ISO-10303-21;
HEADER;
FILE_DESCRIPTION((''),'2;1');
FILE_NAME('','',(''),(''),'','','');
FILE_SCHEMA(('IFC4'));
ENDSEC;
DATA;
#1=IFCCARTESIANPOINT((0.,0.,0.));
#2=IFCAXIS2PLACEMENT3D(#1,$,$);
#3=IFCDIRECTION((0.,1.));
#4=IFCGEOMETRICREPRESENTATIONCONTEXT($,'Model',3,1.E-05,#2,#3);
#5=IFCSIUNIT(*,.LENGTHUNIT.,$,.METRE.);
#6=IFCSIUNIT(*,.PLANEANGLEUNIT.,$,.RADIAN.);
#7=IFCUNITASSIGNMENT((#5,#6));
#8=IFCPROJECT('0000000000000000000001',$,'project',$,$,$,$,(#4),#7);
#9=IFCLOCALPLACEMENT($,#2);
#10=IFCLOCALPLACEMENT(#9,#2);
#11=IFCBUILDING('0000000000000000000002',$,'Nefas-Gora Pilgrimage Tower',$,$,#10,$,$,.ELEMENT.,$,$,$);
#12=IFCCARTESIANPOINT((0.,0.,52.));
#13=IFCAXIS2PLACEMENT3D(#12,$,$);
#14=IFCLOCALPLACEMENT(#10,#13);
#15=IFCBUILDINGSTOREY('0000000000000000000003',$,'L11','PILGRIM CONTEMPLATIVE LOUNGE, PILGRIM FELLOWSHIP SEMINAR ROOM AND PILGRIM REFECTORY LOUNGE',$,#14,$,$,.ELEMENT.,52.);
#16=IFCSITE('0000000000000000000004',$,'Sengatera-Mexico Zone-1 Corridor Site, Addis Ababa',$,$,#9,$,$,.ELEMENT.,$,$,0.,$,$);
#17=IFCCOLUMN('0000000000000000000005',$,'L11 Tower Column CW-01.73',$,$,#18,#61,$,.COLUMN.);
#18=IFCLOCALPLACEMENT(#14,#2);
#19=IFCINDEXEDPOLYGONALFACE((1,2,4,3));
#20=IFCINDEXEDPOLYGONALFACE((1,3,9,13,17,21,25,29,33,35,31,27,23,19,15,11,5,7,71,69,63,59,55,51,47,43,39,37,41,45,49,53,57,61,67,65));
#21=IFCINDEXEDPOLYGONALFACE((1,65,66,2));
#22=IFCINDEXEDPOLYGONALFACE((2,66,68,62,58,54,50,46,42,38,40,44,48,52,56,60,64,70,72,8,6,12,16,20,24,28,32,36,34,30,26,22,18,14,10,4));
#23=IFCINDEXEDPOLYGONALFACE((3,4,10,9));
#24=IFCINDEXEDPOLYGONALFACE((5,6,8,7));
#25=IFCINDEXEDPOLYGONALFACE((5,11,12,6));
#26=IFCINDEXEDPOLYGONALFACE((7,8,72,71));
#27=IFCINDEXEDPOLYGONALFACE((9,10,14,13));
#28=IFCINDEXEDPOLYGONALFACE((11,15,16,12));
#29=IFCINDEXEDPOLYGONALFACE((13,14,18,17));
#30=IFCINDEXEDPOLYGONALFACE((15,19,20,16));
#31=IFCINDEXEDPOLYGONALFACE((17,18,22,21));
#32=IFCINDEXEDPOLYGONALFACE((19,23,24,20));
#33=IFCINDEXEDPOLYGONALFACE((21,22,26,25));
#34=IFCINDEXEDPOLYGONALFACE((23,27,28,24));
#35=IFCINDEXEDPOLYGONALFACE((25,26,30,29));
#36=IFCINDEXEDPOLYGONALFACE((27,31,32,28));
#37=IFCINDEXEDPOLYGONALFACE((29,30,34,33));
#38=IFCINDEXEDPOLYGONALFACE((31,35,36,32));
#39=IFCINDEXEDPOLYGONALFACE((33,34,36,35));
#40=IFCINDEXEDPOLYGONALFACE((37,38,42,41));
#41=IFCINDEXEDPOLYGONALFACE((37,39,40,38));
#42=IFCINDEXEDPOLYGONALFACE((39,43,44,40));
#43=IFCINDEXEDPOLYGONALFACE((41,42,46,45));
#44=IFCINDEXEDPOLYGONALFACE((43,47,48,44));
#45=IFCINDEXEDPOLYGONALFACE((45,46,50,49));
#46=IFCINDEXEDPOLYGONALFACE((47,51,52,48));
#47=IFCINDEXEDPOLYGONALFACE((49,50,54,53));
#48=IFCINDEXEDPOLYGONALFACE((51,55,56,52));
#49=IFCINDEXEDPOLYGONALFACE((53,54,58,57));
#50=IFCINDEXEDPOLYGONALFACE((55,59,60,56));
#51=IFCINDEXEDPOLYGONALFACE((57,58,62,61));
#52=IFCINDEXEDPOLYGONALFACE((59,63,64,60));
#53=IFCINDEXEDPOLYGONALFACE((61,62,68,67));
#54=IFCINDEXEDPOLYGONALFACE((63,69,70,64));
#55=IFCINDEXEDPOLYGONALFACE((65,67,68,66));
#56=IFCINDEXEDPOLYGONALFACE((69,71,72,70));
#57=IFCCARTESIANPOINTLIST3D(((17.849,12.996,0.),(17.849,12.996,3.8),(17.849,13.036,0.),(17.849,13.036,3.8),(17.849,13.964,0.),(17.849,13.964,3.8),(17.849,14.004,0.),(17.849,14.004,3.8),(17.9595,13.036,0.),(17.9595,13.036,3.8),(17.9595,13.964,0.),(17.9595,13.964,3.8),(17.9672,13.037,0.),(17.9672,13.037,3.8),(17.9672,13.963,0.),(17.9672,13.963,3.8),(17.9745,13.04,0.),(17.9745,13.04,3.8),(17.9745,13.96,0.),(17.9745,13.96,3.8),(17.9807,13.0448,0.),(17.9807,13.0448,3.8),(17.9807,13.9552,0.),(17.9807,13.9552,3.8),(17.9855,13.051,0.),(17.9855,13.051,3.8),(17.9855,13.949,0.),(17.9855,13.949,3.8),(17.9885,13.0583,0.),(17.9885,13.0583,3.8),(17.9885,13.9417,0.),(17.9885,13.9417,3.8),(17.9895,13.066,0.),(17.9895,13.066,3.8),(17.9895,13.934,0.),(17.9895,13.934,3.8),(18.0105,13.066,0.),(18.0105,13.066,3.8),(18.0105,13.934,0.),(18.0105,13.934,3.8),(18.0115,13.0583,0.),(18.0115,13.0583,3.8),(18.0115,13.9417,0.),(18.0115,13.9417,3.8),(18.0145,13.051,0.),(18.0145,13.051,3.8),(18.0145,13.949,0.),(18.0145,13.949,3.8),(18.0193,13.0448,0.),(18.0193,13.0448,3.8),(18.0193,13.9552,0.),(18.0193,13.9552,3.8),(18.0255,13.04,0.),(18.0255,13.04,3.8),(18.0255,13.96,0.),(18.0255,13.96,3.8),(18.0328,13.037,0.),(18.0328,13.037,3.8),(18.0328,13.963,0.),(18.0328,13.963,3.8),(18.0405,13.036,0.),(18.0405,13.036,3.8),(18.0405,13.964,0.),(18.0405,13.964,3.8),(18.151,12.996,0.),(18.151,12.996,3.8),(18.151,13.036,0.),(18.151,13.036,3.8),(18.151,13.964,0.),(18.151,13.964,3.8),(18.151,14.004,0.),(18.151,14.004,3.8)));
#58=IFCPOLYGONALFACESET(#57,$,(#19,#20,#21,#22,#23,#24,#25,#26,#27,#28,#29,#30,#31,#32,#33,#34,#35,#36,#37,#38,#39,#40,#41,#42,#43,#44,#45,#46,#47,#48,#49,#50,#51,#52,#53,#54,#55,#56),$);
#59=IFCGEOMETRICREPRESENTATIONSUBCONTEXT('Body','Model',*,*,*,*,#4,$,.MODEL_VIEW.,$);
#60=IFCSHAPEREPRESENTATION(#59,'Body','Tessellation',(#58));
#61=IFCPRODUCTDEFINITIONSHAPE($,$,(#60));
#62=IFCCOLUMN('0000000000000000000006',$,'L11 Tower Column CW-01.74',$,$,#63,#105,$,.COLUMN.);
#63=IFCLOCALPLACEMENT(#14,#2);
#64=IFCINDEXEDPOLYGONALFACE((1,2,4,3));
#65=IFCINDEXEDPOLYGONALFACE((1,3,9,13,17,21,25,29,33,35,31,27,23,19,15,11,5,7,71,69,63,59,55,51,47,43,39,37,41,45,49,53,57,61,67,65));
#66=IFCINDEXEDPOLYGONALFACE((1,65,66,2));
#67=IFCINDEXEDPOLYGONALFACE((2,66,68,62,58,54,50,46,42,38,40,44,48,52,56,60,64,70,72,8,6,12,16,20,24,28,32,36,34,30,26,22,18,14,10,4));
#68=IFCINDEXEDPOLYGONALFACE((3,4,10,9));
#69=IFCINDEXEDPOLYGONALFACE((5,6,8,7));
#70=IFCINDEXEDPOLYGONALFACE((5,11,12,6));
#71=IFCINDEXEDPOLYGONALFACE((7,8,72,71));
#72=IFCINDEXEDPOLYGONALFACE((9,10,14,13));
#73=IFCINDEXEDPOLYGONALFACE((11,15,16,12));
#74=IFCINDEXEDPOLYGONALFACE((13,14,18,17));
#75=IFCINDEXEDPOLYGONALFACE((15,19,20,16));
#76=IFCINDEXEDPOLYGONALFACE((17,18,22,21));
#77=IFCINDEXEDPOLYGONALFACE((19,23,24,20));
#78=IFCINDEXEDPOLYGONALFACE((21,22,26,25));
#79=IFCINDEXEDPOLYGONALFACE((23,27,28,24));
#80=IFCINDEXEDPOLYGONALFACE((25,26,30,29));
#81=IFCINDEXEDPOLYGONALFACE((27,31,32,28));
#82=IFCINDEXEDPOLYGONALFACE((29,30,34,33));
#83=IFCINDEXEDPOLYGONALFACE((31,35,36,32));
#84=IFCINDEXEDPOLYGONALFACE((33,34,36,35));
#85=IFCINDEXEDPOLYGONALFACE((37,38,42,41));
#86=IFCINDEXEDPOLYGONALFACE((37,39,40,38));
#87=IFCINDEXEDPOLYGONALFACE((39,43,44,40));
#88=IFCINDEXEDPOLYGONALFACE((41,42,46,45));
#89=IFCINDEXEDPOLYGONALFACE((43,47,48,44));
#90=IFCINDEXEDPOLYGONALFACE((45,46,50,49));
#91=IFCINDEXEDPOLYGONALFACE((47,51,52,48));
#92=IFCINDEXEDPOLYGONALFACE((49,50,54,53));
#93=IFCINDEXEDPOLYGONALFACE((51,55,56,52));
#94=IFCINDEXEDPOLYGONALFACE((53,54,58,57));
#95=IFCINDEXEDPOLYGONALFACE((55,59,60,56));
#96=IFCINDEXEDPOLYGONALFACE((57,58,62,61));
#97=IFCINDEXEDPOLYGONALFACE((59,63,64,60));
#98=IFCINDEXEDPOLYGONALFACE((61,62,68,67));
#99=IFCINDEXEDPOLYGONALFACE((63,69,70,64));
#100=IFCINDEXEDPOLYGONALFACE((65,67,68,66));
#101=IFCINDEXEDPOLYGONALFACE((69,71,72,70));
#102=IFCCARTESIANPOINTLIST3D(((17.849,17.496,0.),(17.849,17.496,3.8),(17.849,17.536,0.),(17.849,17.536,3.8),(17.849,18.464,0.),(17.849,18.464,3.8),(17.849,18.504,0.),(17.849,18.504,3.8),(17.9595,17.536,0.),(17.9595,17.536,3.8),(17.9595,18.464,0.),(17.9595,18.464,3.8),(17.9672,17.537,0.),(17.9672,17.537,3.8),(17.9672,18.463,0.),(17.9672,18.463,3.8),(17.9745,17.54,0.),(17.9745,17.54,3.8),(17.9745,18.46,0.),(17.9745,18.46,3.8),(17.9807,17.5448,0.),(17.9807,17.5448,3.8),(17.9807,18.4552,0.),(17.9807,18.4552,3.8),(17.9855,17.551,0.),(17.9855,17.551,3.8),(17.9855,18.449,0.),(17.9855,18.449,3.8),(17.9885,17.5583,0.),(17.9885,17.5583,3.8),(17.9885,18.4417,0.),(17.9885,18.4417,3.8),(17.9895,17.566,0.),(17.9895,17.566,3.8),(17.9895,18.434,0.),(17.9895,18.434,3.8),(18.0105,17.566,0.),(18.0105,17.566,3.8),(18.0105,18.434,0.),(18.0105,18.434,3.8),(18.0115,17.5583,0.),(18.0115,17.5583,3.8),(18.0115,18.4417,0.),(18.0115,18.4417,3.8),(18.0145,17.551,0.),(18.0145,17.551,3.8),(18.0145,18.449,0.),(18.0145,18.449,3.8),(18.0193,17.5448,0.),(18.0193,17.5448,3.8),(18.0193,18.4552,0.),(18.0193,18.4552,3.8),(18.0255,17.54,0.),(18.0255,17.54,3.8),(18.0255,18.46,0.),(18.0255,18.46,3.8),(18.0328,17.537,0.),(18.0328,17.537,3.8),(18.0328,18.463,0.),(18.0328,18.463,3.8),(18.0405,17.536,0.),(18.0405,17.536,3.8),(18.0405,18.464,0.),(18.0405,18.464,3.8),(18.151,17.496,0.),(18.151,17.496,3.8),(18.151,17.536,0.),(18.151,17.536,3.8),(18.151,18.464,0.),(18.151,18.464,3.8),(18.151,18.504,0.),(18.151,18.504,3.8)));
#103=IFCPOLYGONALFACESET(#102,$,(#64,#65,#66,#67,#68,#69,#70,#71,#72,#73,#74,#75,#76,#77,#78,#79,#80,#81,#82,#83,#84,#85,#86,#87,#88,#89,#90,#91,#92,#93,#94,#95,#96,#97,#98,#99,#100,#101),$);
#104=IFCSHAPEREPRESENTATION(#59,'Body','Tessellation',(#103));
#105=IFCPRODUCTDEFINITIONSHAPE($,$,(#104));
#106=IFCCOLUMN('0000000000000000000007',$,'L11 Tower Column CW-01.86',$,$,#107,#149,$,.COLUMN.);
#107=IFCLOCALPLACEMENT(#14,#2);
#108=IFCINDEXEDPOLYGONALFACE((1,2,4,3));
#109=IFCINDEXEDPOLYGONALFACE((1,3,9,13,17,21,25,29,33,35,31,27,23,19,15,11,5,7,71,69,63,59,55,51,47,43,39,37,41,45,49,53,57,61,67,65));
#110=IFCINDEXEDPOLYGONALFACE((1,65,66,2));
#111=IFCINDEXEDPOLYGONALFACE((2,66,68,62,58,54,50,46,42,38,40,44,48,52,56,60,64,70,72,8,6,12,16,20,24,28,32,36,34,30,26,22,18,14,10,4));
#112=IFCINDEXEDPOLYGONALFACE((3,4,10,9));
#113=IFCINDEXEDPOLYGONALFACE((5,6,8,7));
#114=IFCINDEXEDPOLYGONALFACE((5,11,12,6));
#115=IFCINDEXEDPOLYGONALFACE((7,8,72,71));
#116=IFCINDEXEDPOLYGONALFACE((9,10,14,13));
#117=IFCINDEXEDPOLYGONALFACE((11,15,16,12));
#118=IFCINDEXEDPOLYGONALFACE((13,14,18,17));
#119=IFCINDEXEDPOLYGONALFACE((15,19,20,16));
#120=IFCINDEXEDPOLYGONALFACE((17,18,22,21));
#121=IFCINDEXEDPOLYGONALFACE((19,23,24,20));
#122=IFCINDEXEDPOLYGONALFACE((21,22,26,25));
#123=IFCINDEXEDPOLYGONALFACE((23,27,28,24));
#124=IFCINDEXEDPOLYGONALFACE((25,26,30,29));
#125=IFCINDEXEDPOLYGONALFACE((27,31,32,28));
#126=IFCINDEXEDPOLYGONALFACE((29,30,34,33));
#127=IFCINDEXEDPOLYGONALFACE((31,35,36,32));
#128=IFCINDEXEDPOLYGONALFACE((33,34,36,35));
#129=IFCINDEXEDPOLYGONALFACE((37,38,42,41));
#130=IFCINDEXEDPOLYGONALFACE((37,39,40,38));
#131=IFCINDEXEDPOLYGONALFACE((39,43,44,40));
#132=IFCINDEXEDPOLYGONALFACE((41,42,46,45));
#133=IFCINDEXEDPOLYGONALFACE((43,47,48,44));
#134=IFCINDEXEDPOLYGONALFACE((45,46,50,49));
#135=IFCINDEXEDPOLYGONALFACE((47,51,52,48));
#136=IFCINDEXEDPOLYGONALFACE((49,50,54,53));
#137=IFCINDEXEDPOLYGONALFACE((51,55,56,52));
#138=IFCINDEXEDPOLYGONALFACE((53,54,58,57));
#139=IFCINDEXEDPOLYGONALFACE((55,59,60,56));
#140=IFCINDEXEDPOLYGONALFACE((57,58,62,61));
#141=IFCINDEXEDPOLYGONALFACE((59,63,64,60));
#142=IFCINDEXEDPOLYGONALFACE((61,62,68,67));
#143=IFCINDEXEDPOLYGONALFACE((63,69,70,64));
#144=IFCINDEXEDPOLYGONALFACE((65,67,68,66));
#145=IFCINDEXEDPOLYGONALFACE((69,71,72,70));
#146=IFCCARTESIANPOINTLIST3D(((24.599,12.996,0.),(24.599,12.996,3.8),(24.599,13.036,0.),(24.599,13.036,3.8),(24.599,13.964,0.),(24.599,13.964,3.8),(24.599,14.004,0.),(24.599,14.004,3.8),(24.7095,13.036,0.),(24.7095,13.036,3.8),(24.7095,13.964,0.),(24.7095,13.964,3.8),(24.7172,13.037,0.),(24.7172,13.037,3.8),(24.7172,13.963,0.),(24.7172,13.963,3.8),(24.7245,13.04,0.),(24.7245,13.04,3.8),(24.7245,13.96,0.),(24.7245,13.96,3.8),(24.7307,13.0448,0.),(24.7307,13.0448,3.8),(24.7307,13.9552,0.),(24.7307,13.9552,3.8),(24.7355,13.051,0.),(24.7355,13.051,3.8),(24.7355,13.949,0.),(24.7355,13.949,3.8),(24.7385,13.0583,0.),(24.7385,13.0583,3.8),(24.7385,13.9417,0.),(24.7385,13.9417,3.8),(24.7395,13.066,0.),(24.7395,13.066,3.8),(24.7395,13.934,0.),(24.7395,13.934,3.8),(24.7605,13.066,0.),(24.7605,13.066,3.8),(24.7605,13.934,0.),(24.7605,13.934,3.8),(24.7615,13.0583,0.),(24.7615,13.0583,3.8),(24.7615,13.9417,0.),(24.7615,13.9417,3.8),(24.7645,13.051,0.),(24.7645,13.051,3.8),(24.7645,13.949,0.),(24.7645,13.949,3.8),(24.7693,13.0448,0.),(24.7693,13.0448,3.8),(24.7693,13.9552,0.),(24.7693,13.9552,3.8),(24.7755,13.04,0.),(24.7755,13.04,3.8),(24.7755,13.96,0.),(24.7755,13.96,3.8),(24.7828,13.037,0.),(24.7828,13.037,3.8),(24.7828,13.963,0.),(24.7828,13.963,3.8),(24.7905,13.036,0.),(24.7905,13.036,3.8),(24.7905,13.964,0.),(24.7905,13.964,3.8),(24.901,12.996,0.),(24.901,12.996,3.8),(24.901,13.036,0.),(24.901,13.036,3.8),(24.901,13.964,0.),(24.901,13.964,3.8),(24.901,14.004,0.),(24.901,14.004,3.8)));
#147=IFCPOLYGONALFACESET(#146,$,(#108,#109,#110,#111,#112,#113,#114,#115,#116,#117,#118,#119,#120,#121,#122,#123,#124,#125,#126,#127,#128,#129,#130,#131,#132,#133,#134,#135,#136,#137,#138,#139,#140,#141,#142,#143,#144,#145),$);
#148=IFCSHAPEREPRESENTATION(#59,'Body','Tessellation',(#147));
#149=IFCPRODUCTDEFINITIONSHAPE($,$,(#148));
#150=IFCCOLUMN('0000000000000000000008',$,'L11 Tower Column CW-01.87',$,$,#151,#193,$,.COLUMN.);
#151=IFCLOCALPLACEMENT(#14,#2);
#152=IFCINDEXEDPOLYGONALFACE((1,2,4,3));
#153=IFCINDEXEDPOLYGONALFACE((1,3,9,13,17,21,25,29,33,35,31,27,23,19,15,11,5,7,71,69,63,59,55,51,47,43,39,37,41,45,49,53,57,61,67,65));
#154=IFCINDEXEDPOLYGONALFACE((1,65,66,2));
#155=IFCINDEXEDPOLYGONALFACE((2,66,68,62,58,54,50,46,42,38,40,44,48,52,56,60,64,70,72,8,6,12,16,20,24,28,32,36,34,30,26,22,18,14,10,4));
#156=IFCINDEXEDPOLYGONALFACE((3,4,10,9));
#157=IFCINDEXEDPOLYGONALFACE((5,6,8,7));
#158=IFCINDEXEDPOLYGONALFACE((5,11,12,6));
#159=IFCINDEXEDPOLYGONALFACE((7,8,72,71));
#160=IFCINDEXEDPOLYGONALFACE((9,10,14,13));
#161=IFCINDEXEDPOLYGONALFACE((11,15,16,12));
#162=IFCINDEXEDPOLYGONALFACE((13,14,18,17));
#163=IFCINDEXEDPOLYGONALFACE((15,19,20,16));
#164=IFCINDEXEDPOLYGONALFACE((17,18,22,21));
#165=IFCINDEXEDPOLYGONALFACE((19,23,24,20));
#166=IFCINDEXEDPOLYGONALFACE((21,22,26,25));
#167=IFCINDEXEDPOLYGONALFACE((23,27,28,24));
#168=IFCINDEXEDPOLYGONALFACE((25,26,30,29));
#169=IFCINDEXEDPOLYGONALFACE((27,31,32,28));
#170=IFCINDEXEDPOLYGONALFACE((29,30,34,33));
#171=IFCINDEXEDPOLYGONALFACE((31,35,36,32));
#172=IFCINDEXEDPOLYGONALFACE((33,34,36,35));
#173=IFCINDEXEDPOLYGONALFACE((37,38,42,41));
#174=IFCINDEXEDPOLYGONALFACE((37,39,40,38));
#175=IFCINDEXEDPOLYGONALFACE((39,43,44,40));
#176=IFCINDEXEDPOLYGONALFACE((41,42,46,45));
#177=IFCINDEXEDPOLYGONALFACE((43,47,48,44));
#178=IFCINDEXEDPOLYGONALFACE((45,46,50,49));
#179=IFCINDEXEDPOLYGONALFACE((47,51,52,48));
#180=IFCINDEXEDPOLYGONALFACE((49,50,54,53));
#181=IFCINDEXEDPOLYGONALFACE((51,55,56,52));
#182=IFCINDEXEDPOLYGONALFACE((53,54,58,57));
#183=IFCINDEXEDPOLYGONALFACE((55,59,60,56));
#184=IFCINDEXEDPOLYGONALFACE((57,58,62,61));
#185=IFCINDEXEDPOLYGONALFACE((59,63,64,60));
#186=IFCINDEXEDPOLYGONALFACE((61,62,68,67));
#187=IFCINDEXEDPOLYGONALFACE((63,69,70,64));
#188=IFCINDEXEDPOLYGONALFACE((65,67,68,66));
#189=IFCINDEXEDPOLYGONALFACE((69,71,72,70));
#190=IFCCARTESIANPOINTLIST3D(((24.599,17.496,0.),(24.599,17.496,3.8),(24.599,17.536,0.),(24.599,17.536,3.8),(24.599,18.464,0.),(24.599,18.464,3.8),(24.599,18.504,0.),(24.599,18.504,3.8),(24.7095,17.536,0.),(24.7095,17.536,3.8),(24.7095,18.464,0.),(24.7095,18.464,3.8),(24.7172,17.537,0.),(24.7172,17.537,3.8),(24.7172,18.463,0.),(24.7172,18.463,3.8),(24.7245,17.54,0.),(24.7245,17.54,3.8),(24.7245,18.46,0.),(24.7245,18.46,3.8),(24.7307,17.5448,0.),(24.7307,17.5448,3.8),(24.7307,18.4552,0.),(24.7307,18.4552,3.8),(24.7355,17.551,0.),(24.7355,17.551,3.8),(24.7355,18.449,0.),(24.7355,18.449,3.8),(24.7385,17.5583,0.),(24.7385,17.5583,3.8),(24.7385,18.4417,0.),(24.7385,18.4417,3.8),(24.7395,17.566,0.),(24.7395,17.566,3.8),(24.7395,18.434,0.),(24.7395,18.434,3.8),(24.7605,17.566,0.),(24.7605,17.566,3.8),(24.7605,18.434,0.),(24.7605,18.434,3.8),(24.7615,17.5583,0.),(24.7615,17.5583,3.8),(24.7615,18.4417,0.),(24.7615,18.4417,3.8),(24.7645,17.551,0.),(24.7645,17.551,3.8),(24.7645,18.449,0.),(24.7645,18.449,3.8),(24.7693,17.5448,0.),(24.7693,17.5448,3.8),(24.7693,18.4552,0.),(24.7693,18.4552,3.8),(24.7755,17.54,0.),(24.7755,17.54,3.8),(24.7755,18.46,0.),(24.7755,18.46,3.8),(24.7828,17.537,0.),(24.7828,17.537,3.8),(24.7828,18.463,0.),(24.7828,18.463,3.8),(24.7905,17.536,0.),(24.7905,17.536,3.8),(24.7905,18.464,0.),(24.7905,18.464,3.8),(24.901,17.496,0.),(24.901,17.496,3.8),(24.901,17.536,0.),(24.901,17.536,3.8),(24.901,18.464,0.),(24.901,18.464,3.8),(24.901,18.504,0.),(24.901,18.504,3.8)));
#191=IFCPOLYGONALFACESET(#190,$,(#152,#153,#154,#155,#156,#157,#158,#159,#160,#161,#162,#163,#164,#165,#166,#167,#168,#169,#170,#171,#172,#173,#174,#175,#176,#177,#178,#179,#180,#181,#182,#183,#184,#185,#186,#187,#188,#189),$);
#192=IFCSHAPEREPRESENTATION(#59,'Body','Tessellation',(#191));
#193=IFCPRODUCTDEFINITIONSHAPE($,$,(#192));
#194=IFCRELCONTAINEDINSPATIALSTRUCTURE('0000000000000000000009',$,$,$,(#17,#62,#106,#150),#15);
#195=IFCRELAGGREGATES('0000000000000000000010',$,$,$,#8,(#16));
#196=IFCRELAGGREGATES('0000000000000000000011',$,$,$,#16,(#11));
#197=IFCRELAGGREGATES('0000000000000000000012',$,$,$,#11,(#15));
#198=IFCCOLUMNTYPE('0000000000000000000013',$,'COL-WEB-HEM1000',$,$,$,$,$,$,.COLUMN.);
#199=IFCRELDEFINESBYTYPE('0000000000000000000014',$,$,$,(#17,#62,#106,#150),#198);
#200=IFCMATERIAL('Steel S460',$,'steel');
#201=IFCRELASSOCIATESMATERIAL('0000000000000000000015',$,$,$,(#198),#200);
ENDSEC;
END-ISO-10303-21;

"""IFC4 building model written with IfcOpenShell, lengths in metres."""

from ifc_helpers import new_model, si_unit, direction, frame, origin, origin_2d, place, context, subcontext, project, spatial, i_section, extrude, source, transform, mapped, material, material_profile, profile_set, type_object, element, save


model = new_model("IFC4")

# Units and contexts
model_context = context("Model", 3, precision=1e-05, world=origin(), true_north=direction((0.0, 1.0)))
body_context = subcontext(model_context, "Body", "Model", "MODEL_VIEW")
ifc_project = project(units=[si_unit("LENGTHUNIT", "METRE"), si_unit("PLANEANGLEUNIT", "RADIAN")], contexts=[model_context])

# Site, building, storey
site_placement = place(None, origin())
site = spatial("IfcSite", under=ifc_project, at=site_placement, Name="Sengatera-Mexico Zone-1 Corridor Site, Addis Ababa", CompositionType="ELEMENT", RefElevation=0.0)
building_placement = place(site_placement, origin())
building = spatial("IfcBuilding", under=site, at=building_placement, Name="Nefas-Gora Pilgrimage Tower", CompositionType="ELEMENT")
storey_placement = place(building_placement, frame((0.0, 0.0, 52.0)))
storey = spatial("IfcBuildingStorey", under=building, at=storey_placement, Name="L11", Description="PILGRIM CONTEMPLATIVE LOUNGE, PILGRIM FELLOWSHIP SEMINAR ROOM AND PILGRIM REFECTORY LOUNGE", CompositionType="ELEMENT", Elevation=52.0)

# Columns
ifc_material_1 = material(Name="Steel S460", Category="steel")
ifc_material_profile_1 = material_profile(ifc_material_1, i_section(OverallWidth=0.302, OverallDepth=1.0081, WebThickness=0.021, FlangeThickness=0.04, FilletRadius=0.03, at=origin_2d()), Name="HEM 1000")
ifc_profile_set_1 = profile_set([ifc_material_profile_1], Name="Steel S460")
column_type_1 = type_object("IfcColumnType", Name="COL-WEB-HEM1000", PredefinedType="COLUMN", material=ifc_profile_set_1)
shared_shape_1 = source(origin(), body_context, "Body", "SweptSolid", [
    extrude(i_section(OverallWidth=0.302, OverallDepth=1.0081, WebThickness=0.021, FlangeThickness=0.04, FilletRadius=0.03, at=origin_2d()), origin(), (0.0, 0.0, 1.0), 3.8),
])
for number, where, z_axis, x_axis, name in (
    (1, (18.0, 13.5, 0.0), (0.0, 0.0, 1.0), (1.0, 0.0, 0.0), "L11 Tower Column CW-01.73"),
    (2, (18.0, 18.0, 0.0), (0.0, 0.0, 1.0), (1.0, 0.0, 0.0), "L11 Tower Column CW-01.74"),
    (3, (24.75, 13.5, 0.0), (0.0, 0.0, 1.0), (1.0, 0.0, 0.0), "L11 Tower Column CW-01.86"),
    (4, (24.75, 18.0, 0.0), (0.0, 0.0, 1.0), (1.0, 0.0, 0.0), "L11 Tower Column CW-01.87"),
):
    element("IfcColumn", number, at=place(storey_placement, frame(where, z_axis=z_axis, x_axis=x_axis)), inside=storey, type_object=column_type_1, Name=name, PredefinedType="COLUMN", context=body_context, shape_type="MappedRepresentation", body=[
        mapped(shared_shape_1, transform((0.0, 0.0, 0.0), x_axis=(1.0, 0.0, 0.0), y_axis=(0.0, 1.0, 0.0), z_axis=(0.0, 0.0, 1.0), scale=1.0)),
    ])

save(model, "model.ifc")
